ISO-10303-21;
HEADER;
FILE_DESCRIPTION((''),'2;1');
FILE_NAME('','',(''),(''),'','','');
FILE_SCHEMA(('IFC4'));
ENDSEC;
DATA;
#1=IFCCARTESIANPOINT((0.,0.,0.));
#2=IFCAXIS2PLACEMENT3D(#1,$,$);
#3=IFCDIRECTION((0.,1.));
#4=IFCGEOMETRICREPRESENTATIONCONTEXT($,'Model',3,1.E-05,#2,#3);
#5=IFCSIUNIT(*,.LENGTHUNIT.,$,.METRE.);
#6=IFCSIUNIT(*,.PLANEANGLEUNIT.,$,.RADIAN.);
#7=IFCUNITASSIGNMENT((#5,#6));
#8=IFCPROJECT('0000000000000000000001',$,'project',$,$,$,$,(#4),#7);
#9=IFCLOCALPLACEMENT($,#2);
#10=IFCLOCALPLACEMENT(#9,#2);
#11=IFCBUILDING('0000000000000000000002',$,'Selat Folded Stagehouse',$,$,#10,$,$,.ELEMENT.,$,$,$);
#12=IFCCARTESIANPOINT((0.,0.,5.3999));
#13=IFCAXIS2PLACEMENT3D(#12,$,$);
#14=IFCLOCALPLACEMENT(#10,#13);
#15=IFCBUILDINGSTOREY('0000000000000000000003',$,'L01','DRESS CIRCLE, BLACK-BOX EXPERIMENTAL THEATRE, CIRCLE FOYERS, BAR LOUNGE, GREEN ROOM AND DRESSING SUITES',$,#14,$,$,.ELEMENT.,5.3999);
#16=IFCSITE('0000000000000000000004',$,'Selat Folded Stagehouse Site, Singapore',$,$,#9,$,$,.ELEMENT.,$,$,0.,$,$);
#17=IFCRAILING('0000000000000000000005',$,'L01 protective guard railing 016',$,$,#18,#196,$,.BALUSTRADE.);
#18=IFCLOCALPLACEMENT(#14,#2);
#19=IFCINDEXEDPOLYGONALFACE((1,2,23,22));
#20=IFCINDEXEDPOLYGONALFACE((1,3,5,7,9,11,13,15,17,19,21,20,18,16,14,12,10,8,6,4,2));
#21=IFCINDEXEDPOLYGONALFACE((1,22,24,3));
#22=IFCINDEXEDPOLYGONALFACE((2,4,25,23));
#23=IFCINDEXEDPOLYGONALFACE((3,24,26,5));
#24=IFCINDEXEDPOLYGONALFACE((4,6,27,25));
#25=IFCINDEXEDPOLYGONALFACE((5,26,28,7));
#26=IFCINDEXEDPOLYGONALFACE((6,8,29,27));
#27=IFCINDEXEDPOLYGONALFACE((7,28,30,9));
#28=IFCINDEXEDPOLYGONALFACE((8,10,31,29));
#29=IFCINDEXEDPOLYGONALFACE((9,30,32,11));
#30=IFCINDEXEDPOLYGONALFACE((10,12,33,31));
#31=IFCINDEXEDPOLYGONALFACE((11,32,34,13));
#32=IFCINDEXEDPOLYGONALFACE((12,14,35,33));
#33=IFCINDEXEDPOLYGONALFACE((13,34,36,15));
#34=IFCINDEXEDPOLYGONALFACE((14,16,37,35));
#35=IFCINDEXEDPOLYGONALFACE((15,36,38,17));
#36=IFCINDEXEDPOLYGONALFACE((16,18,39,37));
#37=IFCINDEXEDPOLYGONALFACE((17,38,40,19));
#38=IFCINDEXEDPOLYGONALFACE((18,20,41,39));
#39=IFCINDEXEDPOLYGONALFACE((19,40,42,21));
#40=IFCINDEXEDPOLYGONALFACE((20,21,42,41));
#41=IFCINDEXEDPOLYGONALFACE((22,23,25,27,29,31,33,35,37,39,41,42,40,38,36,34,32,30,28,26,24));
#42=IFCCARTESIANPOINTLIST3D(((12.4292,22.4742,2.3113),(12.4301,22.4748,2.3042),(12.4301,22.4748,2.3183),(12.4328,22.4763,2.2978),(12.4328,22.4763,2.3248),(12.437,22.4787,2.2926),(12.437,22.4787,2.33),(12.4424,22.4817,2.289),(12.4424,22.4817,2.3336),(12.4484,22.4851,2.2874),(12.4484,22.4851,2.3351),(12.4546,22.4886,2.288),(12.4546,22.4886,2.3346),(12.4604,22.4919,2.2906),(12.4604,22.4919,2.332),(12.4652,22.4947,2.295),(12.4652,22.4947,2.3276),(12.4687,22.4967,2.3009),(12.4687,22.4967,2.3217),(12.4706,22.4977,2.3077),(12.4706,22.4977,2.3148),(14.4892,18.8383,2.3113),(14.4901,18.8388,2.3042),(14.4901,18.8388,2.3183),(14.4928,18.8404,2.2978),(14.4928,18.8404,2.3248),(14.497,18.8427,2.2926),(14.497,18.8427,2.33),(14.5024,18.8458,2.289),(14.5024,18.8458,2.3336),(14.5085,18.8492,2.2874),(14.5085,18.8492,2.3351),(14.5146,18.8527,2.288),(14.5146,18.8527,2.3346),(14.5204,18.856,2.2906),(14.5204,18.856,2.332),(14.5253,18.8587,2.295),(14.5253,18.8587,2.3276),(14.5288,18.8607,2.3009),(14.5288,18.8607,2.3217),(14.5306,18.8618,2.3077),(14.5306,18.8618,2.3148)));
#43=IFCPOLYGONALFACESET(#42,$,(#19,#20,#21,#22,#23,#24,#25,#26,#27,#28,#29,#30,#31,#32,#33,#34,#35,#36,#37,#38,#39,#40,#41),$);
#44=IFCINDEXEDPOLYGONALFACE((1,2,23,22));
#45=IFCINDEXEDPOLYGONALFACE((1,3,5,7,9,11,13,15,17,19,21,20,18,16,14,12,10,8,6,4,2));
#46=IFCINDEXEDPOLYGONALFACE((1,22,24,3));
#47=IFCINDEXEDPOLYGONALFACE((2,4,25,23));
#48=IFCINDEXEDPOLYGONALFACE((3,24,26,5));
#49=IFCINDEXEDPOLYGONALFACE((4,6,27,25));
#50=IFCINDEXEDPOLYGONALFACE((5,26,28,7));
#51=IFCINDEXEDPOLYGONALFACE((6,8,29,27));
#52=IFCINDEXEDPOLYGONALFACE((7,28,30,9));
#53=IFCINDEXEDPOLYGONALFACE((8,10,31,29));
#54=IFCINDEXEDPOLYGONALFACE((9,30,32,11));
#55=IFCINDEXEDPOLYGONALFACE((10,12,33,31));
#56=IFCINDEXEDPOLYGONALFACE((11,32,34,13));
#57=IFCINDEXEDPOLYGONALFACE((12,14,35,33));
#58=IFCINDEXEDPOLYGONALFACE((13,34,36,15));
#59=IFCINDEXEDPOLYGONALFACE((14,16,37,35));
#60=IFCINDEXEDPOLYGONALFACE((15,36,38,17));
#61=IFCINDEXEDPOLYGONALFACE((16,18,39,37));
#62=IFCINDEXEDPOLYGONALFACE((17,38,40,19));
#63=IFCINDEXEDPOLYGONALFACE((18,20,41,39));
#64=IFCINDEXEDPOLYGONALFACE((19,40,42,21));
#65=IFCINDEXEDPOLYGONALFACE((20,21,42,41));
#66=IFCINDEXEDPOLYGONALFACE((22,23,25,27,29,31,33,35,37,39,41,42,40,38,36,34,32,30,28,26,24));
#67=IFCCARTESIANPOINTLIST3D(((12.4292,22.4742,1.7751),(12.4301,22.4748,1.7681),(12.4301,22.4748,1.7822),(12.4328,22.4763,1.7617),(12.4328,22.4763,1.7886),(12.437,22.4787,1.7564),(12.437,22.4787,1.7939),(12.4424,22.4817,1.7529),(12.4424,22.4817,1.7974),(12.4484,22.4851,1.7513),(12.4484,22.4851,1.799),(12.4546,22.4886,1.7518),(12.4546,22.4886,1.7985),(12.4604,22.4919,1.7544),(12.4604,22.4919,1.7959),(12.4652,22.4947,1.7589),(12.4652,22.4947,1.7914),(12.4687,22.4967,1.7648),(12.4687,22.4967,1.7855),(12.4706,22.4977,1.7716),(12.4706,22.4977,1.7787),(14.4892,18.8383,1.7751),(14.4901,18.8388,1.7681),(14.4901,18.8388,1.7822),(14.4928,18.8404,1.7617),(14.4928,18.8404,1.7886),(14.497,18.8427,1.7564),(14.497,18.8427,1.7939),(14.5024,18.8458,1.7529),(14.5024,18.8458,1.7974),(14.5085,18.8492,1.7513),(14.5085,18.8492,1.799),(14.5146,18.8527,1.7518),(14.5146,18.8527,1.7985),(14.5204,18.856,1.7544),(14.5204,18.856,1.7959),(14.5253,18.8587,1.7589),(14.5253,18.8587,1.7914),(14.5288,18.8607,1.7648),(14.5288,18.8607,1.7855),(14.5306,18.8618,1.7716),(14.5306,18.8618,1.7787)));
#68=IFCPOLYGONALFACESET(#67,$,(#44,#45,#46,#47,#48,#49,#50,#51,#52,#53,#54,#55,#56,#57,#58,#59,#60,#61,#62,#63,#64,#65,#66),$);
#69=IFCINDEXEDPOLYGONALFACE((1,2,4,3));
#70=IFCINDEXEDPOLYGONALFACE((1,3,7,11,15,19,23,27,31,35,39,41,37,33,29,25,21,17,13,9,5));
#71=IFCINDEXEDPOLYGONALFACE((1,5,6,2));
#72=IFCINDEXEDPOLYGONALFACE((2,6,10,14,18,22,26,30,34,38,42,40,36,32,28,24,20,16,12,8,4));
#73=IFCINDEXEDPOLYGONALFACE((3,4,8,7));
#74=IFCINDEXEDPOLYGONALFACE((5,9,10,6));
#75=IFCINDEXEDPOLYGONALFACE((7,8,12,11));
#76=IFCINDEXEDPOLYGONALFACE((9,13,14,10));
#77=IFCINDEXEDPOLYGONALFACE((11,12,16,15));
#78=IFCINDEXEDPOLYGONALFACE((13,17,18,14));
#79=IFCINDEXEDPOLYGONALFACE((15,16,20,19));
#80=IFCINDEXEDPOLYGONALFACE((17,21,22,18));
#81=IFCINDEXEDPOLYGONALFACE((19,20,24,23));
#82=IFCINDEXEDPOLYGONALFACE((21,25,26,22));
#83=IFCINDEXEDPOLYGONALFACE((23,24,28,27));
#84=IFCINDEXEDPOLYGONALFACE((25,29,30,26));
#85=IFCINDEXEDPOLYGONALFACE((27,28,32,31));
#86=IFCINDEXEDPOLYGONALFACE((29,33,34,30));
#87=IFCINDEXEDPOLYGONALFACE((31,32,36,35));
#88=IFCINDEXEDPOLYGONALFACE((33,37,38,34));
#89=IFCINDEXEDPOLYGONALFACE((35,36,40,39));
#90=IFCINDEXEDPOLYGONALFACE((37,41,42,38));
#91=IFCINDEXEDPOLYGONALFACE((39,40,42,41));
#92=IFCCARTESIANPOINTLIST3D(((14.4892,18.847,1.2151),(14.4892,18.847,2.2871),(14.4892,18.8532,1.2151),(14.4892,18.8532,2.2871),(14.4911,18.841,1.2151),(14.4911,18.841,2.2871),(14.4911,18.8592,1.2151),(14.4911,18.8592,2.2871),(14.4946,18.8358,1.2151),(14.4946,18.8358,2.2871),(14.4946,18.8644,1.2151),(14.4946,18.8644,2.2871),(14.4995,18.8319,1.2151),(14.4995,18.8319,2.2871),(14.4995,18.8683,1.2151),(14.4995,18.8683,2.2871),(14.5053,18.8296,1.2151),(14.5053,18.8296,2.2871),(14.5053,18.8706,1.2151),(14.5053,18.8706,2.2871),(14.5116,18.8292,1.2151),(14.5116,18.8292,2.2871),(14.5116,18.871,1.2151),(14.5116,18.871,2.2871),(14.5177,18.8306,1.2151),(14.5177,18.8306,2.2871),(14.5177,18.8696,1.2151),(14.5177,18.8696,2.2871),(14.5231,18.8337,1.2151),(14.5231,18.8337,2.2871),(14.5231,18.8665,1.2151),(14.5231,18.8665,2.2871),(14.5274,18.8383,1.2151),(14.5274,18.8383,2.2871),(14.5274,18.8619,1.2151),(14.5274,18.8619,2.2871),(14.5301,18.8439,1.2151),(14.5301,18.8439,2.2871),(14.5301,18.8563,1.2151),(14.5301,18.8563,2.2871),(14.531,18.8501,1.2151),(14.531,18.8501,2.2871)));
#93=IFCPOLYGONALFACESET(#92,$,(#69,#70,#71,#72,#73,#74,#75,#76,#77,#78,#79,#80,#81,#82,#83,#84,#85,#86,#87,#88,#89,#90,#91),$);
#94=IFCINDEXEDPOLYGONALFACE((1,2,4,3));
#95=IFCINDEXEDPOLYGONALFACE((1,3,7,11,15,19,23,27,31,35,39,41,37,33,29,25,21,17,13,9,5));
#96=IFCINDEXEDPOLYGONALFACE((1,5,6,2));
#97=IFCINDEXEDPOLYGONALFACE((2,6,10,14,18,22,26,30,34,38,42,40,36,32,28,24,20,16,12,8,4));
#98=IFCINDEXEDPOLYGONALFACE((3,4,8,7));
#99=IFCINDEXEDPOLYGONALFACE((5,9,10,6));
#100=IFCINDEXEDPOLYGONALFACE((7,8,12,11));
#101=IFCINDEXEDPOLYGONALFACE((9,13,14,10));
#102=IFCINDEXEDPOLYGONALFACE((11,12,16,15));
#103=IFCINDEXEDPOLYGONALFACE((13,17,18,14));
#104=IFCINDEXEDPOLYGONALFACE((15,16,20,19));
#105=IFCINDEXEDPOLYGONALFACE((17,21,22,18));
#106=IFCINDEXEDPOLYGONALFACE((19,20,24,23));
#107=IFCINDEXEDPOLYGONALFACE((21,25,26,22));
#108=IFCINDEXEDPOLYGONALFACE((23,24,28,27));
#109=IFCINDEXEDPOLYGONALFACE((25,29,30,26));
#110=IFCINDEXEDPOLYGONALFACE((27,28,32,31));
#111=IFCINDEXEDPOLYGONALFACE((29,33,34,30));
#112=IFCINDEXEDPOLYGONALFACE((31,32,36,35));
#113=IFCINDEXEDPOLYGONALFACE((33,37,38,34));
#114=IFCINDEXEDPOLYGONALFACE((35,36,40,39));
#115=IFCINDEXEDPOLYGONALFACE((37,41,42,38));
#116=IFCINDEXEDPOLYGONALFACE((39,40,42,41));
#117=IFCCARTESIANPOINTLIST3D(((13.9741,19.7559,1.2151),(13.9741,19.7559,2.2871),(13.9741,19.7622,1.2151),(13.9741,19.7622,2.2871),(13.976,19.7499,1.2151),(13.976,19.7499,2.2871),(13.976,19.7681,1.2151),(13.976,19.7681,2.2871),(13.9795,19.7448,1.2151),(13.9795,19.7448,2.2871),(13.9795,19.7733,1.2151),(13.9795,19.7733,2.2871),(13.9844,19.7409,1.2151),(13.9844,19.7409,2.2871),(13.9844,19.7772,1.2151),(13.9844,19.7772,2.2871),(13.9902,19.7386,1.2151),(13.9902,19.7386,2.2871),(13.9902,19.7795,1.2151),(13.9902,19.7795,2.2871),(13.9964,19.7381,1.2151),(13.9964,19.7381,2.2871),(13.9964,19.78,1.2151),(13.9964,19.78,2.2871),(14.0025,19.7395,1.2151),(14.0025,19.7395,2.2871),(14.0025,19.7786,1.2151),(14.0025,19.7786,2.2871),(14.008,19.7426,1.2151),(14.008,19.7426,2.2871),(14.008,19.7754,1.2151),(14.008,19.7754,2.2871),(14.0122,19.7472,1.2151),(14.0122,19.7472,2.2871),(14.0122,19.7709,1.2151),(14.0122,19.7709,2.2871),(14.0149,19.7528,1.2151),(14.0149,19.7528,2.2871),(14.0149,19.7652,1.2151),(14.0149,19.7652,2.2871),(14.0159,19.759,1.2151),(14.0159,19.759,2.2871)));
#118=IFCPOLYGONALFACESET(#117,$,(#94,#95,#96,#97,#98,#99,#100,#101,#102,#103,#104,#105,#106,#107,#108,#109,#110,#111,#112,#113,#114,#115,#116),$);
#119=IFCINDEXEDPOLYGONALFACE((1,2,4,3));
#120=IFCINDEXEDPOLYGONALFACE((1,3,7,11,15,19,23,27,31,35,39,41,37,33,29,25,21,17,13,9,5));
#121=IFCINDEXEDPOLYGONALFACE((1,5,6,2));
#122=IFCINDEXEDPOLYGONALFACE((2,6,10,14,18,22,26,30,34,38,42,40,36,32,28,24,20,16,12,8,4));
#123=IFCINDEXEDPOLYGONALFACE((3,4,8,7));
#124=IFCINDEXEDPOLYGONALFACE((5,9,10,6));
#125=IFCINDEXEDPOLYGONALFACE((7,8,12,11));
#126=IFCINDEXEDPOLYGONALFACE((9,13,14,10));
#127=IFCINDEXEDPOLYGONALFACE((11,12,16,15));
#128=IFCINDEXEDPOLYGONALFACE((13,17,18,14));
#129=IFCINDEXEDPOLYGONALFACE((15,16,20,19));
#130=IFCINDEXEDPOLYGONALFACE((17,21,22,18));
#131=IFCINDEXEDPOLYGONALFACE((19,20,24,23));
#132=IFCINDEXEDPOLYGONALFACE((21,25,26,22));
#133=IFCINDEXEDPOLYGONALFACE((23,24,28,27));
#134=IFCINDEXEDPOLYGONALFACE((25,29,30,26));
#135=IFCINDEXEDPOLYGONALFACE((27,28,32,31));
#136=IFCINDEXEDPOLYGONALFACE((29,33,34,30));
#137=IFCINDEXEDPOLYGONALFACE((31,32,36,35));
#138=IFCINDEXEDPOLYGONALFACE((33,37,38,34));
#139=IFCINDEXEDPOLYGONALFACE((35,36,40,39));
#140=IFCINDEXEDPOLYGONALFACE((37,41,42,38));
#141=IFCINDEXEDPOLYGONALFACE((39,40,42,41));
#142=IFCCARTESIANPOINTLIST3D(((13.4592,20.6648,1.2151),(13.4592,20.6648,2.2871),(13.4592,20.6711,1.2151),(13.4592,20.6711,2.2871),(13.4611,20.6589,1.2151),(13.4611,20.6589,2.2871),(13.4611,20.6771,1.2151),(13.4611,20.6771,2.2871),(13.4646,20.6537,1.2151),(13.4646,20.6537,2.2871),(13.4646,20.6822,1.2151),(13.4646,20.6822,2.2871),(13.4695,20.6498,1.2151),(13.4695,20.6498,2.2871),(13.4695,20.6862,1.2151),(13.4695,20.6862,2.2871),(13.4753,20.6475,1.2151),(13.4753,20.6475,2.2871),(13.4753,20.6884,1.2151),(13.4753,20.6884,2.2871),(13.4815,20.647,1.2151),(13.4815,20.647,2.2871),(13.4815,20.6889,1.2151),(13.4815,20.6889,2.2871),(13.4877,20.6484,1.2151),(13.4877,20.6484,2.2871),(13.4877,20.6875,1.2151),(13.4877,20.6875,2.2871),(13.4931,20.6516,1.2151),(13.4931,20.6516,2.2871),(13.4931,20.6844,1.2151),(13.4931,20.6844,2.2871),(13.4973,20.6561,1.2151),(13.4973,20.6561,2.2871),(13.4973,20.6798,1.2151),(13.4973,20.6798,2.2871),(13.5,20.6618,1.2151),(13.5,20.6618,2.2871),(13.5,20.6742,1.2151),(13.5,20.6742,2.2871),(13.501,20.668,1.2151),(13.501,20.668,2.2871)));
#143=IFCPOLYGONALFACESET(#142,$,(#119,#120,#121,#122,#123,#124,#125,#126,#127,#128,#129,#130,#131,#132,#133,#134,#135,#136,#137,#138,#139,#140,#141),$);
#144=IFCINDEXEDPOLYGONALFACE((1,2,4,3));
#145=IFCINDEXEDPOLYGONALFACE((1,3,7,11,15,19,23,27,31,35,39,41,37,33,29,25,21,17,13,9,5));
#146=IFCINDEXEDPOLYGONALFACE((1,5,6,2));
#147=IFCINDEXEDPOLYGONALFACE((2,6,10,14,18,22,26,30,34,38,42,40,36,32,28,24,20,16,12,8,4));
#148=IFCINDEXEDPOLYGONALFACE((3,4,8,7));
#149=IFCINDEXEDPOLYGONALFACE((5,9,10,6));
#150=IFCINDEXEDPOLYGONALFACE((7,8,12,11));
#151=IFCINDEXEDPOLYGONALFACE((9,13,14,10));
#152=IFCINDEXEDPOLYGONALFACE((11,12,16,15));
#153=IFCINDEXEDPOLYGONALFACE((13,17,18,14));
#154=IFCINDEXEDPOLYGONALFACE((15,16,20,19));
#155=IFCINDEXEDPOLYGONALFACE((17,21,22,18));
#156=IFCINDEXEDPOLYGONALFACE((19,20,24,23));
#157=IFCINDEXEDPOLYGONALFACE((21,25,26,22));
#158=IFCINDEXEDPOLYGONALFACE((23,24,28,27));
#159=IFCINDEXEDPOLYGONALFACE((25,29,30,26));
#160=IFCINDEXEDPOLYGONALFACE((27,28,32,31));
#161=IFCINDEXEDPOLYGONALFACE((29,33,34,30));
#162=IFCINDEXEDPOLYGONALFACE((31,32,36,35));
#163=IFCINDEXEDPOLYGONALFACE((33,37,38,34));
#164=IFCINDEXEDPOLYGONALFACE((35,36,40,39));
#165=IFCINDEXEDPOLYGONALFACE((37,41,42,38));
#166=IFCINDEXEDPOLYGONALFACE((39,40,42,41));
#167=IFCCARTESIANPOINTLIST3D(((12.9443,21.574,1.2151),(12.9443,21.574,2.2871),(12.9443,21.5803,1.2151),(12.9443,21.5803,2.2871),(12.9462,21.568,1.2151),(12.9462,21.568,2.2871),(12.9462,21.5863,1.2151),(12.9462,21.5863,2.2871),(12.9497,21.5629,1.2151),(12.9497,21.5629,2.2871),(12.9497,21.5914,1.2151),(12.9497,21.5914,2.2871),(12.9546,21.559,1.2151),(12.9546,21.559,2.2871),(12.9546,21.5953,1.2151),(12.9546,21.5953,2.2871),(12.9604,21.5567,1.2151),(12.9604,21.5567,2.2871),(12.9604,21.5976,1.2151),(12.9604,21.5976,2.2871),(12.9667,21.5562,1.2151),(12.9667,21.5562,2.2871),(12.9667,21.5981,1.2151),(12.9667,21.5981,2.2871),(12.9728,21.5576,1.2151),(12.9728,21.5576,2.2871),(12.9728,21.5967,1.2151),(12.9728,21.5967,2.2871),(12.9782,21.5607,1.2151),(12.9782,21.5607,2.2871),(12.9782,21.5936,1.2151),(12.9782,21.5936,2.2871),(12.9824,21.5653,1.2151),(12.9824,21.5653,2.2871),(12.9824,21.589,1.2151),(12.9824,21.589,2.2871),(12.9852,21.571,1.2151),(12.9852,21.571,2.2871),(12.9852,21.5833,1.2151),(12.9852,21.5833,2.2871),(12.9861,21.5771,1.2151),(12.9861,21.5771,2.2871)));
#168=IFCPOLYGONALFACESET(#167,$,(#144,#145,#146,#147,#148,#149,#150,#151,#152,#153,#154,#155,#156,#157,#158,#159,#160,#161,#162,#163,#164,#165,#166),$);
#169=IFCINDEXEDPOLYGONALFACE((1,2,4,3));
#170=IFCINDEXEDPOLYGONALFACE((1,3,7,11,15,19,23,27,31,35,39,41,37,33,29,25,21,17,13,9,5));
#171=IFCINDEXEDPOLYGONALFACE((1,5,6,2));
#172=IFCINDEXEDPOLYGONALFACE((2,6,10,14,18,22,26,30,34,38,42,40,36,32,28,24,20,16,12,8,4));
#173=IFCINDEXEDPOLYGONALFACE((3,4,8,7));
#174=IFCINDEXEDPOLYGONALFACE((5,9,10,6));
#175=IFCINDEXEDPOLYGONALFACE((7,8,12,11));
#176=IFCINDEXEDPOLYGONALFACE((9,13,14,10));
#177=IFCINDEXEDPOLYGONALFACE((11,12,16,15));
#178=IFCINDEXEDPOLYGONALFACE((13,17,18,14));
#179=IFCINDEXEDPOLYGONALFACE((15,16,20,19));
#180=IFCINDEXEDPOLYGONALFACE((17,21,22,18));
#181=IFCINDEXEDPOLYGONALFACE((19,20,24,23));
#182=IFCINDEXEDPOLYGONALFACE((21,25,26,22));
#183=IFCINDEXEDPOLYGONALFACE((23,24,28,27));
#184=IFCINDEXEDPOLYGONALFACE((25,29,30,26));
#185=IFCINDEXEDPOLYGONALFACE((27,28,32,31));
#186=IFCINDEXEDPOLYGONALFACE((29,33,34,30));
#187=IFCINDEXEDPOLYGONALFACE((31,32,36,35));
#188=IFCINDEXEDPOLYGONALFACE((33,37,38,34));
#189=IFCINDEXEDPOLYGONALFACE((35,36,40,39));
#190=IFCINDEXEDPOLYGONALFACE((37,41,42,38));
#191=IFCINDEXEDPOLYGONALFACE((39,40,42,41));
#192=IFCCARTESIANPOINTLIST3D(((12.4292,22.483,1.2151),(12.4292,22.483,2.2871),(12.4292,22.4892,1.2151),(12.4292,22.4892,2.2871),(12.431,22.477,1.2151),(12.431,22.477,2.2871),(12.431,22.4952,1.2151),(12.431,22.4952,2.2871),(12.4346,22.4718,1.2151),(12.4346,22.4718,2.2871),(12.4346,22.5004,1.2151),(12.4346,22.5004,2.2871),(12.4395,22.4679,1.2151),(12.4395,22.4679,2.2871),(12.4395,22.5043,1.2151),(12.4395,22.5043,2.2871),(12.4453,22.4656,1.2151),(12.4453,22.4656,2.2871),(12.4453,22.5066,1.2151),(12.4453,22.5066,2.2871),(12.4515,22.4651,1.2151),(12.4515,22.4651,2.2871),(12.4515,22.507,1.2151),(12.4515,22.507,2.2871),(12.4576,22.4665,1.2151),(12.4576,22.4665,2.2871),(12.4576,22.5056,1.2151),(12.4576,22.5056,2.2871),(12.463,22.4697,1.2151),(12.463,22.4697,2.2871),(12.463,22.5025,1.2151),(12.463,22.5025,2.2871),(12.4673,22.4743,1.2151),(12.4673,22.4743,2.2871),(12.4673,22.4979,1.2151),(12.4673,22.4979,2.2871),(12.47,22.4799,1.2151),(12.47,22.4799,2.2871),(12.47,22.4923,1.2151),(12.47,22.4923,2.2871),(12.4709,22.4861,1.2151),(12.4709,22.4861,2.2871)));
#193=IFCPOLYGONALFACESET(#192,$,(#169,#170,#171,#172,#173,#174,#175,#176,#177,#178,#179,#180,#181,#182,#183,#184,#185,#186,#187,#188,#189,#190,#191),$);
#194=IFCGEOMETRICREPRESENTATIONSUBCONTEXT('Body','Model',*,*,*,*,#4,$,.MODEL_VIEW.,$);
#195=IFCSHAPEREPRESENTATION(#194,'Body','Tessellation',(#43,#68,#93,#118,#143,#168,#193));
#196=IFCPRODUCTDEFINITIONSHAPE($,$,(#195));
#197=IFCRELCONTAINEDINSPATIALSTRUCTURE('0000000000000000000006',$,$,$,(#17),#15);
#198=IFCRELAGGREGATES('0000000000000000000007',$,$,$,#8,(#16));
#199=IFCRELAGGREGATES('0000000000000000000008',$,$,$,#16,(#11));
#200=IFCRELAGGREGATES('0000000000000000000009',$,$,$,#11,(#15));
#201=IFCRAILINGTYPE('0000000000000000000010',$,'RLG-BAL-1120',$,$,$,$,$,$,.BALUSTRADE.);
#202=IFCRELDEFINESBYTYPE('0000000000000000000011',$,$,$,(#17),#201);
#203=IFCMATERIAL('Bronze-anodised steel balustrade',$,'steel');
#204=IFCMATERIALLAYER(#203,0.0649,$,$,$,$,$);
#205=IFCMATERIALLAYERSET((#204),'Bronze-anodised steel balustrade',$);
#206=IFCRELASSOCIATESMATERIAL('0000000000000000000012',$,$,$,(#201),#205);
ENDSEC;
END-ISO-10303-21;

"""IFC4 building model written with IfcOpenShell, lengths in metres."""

from ifc_helpers import new_model, si_unit, direction, frame, origin, origin_2d, place, context, subcontext, project, spatial, circle, extrude, material, layer, layer_set, type_object, element, save


model = new_model("IFC4")

# Units and contexts
model_context = context("Model", 3, precision=1e-05, world=origin(), true_north=direction((0.0, 1.0)))
body_context = subcontext(model_context, "Body", "Model", "MODEL_VIEW")
ifc_project = project(units=[si_unit("LENGTHUNIT", "METRE"), si_unit("PLANEANGLEUNIT", "RADIAN")], contexts=[model_context])

# Site, building, storey
site_placement = place(None, origin())
site = spatial("IfcSite", under=ifc_project, at=site_placement, Name="Selat Folded Stagehouse Site, Singapore", CompositionType="ELEMENT", RefElevation=0.0)
building_placement = place(site_placement, origin())
building = spatial("IfcBuilding", under=site, at=building_placement, Name="Selat Folded Stagehouse", CompositionType="ELEMENT")
storey_placement = place(building_placement, frame((0.0, 0.0, 5.3999)))
storey = spatial("IfcBuildingStorey", under=building, at=storey_placement, Name="L01", Description="DRESS CIRCLE, BLACK-BOX EXPERIMENTAL THEATRE, CIRCLE FOYERS, BAR LOUNGE, GREEN ROOM AND DRESSING SUITES", CompositionType="ELEMENT", Elevation=5.3999)

# Railing
ifc_material_1 = material(Name="Bronze-anodised steel balustrade", Category="steel")
ifc_layer_1 = layer(ifc_material_1, 0.0649)
ifc_layer_set_1 = layer_set([ifc_layer_1], Name="Bronze-anodised steel balustrade")
railing_type = type_object("IfcRailingType", Name="RLG-BAL-1120", PredefinedType="BALUSTRADE", material=ifc_layer_set_1)
railing_1_placement = place(storey_placement, frame((14.51, 18.8501, 1.2151)))
element("IfcRailing", 1, at=railing_1_placement, inside=storey, type_object=railing_type, Name="L01 protective guard railing 016", PredefinedType="BALUSTRADE", context=body_context, shape_type="SweptSolid", body=[
    extrude(circle(Radius=0.0239, at=origin_2d()), frame((0.0, 0.0, 1.0962), z_axis=(-0.492952, 0.870056, 0.0), x_axis=(-0.870056, -0.492952, 0.0)), (0.0, 0.0, 1.0), 4.179),
    extrude(circle(Radius=0.0239, at=origin_2d()), frame((0.0, 0.0, 0.5601), z_axis=(-0.492952, 0.870056, 0.0), x_axis=(-0.870056, -0.492952, 0.0)), (0.0, 0.0, 1.0), 4.179),
    extrude(circle(Radius=0.021, at=origin_2d()), origin(), (0.0, 0.0, 1.0), 1.072),
    extrude(circle(Radius=0.021, at=origin_2d()), frame((-0.5151, 0.9089, 0.0)), (0.0, 0.0, 1.0), 1.072),
    extrude(circle(Radius=0.021, at=origin_2d()), frame((-1.03, 1.8179, 0.0)), (0.0, 0.0, 1.0), 1.072),
    extrude(circle(Radius=0.021, at=origin_2d()), frame((-1.5449, 2.7271, 0.0)), (0.0, 0.0, 1.0), 1.072),
    extrude(circle(Radius=0.021, at=origin_2d()), frame((-2.0601, 3.636, 0.0)), (0.0, 0.0, 1.0), 1.072),
])

save(model, "model.ifc")
